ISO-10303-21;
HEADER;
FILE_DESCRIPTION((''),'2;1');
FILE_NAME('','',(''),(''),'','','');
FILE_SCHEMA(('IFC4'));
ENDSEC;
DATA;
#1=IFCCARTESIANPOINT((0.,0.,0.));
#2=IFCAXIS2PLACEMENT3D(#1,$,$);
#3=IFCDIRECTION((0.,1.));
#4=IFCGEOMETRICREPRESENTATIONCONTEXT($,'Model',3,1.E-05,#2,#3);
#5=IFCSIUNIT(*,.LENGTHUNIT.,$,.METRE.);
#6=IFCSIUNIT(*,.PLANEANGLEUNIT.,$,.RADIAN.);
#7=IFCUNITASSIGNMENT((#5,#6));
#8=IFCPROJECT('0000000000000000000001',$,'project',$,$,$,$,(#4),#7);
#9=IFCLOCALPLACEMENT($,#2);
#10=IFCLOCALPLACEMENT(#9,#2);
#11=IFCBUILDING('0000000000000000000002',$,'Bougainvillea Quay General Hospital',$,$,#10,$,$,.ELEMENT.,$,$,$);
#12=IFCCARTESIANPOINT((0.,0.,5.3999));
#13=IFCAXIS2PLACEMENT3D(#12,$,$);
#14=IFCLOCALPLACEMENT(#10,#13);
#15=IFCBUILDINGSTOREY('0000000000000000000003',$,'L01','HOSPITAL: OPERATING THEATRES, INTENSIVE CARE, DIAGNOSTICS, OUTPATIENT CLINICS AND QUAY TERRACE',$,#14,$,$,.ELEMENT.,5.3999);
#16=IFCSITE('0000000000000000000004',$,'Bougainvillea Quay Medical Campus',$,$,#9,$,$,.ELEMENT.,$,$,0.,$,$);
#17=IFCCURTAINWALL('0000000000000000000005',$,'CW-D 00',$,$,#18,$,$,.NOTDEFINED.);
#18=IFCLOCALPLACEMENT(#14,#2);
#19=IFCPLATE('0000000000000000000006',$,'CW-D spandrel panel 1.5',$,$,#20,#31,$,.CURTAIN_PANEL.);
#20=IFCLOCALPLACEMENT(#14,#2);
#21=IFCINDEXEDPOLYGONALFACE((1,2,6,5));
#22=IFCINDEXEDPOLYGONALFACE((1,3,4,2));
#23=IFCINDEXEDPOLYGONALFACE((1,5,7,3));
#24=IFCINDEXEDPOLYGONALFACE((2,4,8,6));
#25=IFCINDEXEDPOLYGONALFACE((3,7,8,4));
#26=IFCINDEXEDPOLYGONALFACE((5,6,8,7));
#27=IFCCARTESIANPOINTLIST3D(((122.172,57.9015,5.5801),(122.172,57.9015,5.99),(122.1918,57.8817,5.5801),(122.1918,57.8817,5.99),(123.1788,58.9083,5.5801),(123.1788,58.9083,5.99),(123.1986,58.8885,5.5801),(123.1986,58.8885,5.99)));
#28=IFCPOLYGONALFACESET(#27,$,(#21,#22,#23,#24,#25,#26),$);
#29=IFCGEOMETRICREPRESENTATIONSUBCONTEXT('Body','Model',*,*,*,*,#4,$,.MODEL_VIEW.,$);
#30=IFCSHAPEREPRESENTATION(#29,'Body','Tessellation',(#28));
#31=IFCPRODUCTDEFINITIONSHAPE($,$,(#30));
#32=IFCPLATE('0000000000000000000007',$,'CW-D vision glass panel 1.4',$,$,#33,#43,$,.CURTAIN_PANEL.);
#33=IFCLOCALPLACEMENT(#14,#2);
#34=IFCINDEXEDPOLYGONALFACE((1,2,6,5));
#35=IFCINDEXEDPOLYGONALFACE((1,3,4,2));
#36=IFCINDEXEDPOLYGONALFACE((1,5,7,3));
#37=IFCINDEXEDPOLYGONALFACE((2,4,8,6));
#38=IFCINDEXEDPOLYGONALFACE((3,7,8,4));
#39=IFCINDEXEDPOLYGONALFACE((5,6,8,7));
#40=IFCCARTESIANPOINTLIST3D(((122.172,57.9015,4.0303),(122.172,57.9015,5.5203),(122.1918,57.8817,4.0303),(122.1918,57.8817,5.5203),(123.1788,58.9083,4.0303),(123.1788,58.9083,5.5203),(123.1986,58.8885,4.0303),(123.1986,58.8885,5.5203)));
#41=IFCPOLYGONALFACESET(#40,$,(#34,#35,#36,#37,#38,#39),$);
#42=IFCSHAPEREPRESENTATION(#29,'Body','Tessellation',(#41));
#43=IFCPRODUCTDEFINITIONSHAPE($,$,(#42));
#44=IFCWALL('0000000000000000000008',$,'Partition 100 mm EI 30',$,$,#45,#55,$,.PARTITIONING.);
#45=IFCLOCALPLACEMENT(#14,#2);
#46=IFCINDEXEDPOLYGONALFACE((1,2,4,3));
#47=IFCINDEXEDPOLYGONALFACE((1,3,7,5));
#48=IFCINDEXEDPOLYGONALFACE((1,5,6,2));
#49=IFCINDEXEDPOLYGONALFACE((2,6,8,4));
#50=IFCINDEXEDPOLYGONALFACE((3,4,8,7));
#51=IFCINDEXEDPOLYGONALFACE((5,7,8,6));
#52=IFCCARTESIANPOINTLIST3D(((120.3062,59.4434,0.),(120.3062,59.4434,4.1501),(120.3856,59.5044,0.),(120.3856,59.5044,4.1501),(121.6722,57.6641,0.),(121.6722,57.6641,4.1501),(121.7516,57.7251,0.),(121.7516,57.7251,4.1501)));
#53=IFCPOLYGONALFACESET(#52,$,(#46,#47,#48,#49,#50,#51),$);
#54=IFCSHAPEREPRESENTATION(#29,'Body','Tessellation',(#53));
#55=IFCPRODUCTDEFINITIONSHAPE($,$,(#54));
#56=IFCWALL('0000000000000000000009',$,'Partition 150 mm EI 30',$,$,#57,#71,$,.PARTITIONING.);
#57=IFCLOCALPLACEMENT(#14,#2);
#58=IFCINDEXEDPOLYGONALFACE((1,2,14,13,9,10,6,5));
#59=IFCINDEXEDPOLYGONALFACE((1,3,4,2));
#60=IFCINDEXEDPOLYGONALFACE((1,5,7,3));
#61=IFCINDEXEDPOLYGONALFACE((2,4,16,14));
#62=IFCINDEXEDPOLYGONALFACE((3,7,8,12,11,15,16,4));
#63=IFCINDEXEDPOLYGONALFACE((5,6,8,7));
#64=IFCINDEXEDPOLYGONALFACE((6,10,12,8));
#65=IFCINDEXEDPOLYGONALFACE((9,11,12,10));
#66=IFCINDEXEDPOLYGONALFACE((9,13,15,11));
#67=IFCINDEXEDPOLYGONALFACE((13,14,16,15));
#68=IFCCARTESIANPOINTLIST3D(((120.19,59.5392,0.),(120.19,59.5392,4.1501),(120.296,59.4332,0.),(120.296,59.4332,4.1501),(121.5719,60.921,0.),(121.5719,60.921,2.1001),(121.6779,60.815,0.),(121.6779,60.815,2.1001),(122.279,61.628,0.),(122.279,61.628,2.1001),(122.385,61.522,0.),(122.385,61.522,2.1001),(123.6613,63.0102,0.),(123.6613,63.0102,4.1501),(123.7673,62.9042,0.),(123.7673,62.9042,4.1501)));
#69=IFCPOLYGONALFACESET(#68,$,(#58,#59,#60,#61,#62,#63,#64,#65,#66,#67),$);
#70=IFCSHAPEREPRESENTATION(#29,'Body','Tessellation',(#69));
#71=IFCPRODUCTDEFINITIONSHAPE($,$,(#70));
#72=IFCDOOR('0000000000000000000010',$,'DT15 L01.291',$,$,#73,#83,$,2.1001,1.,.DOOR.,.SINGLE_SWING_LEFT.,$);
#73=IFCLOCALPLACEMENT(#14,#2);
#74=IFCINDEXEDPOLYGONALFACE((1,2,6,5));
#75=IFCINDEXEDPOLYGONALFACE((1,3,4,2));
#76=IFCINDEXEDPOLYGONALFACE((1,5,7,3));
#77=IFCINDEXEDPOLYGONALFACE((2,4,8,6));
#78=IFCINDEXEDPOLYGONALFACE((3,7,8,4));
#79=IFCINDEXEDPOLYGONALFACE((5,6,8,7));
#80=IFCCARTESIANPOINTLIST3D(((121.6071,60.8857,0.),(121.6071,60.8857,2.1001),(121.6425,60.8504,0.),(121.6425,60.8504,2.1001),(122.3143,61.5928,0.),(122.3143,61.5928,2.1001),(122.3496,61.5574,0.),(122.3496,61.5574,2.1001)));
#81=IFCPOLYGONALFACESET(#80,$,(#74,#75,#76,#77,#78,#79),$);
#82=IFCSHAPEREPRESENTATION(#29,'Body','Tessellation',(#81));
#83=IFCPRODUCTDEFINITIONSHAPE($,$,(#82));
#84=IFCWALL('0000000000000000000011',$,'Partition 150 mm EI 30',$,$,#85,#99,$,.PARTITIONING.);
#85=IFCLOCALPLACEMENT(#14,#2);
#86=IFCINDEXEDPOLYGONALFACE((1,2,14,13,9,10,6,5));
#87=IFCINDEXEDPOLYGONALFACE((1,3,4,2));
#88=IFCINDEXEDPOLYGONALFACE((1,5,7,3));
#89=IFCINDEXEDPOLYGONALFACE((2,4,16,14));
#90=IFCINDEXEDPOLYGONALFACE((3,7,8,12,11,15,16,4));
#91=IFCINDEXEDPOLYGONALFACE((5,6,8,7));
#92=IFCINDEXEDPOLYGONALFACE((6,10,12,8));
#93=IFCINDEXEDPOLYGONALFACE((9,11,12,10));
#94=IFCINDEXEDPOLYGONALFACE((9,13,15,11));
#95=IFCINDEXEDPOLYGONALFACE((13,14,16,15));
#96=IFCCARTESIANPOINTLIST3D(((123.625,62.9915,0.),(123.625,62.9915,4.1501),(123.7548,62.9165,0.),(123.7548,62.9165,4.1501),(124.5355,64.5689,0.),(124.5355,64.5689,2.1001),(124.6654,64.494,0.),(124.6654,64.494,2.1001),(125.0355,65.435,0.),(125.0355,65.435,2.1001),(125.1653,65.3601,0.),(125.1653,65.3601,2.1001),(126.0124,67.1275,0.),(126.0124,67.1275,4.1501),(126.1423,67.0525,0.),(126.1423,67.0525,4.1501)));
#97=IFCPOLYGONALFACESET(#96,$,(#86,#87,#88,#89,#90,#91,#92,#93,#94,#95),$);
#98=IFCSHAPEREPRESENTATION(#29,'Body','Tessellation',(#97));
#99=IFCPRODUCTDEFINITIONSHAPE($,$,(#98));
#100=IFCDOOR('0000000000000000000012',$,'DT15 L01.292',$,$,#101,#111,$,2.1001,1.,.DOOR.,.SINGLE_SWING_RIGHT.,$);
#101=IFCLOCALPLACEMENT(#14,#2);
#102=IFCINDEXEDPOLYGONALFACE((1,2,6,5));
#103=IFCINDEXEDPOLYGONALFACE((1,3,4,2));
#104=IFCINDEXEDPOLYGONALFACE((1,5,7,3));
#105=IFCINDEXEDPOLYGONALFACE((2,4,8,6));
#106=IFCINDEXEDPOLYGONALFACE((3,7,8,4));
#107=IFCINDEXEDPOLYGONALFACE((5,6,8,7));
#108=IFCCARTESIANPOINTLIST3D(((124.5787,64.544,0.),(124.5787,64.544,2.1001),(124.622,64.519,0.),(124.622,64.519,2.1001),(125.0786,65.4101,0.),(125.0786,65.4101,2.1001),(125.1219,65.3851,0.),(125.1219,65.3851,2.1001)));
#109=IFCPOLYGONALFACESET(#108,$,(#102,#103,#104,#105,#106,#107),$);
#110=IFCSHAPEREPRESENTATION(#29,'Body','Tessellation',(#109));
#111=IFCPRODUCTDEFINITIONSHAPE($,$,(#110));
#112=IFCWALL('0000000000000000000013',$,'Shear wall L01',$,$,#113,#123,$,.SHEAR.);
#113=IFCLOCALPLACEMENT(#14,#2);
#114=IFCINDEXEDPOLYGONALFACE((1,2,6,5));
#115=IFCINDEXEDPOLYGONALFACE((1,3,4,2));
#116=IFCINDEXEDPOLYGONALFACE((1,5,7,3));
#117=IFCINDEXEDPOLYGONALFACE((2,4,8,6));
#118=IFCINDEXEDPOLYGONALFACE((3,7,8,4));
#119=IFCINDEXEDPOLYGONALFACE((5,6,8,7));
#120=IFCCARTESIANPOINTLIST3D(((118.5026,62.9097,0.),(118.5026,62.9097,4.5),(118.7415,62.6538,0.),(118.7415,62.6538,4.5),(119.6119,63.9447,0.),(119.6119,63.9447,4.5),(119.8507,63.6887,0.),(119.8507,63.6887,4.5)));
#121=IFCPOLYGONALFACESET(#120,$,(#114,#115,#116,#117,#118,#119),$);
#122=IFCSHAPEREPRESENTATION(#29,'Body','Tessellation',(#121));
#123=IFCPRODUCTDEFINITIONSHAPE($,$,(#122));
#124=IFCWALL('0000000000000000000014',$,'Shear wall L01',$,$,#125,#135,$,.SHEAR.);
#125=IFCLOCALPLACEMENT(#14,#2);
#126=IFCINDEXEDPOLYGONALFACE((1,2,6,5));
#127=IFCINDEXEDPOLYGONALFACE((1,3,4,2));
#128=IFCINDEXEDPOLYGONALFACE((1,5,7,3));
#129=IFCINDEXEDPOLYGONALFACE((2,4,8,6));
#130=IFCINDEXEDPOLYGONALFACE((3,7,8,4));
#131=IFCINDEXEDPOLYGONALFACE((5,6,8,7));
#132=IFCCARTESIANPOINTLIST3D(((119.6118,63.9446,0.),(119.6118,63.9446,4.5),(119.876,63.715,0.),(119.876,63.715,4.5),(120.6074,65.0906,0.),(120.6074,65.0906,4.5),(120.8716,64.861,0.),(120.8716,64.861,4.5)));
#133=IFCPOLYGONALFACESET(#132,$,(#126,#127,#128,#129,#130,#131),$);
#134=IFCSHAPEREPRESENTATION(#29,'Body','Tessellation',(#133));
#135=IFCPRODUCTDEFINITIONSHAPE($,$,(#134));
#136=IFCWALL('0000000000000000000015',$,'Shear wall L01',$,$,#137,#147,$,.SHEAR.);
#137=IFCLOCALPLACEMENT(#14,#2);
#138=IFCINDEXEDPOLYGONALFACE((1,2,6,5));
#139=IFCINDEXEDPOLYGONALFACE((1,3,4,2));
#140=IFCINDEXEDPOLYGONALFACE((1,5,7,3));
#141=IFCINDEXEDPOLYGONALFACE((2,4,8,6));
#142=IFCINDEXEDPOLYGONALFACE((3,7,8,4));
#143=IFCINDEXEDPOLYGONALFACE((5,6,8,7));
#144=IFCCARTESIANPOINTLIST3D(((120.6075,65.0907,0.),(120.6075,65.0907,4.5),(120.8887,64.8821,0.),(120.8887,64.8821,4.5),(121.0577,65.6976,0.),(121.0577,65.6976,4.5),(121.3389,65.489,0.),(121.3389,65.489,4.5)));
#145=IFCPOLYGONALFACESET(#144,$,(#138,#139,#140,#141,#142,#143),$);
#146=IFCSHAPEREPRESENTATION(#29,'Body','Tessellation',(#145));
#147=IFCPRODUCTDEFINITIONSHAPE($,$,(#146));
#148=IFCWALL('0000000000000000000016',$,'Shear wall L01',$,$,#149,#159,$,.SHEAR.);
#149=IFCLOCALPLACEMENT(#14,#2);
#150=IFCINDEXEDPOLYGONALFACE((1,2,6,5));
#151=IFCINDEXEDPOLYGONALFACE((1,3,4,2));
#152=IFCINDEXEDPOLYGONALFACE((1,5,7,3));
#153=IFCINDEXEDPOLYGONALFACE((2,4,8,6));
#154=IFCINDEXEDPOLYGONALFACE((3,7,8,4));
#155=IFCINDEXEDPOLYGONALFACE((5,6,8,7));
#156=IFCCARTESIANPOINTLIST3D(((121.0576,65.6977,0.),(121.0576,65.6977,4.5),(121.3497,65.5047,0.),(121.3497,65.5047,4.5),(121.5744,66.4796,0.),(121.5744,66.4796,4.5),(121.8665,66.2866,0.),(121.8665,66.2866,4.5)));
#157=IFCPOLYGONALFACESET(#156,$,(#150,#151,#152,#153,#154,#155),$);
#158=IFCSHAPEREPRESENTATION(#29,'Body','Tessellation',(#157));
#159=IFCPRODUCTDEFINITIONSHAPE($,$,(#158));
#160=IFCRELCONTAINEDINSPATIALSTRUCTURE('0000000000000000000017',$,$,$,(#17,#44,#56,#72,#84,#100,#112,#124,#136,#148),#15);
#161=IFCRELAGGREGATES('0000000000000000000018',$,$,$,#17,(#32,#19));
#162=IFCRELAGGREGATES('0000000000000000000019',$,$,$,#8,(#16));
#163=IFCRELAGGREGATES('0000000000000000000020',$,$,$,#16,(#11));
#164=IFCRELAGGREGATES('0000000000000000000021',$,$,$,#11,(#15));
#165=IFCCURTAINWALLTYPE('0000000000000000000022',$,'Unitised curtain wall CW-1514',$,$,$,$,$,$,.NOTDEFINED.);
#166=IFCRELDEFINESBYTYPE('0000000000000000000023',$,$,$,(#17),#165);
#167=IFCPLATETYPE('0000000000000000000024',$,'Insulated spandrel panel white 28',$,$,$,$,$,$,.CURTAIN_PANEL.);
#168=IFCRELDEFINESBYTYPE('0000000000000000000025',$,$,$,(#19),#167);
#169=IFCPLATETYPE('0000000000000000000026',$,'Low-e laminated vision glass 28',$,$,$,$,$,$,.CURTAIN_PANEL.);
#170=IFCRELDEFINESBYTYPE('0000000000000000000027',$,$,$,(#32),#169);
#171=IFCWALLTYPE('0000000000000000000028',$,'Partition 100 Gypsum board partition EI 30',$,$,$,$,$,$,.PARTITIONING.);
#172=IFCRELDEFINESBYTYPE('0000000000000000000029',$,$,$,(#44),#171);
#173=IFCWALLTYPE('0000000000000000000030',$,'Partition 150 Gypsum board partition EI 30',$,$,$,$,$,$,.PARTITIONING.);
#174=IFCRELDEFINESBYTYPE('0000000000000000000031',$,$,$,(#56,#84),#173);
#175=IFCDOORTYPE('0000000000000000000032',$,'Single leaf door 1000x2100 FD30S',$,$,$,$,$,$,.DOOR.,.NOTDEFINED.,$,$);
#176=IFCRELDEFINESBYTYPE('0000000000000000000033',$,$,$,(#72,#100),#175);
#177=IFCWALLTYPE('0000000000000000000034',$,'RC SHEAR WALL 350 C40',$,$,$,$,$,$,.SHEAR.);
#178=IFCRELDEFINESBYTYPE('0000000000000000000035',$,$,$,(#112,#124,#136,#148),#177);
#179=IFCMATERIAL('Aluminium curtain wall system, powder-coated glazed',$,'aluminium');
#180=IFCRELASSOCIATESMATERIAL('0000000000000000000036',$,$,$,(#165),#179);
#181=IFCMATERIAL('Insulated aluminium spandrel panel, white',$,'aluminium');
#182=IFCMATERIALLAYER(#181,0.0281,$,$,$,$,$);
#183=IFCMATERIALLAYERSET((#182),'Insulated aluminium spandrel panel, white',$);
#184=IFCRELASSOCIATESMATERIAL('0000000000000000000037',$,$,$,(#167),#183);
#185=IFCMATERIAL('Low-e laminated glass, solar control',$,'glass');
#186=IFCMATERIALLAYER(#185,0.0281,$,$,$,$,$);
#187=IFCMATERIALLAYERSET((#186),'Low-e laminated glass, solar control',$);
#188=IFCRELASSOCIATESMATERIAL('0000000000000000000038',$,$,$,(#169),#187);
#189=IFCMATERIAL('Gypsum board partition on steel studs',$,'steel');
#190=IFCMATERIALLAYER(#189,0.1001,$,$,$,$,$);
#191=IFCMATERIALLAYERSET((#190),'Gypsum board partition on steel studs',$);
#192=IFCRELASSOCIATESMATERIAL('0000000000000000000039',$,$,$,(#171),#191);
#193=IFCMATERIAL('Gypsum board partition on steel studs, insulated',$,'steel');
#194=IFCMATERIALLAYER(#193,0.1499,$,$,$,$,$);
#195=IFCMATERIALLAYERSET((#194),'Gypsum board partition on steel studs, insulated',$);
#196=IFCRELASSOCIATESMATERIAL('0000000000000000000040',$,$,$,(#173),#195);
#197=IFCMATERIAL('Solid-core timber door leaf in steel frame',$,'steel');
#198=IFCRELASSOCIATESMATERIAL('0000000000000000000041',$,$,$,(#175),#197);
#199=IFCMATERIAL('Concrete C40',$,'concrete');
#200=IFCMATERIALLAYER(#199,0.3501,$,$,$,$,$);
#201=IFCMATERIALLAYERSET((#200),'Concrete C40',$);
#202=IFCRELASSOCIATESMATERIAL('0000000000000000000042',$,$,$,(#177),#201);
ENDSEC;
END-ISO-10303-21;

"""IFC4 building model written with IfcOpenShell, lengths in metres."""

from ifc_helpers import new_model, si_unit, direction, frame, frame_2d, origin, origin_2d, place, context, subcontext, project, spatial, rectangle, extrude, material, layer, layer_set, type_object, element, fill, aggregate, save


model = new_model("IFC4")

# Units and contexts
model_context = context("Model", 3, precision=1e-05, world=origin(), true_north=direction((0.0, 1.0)))
body_context = subcontext(model_context, "Body", "Model", "MODEL_VIEW")
ifc_project = project(units=[si_unit("LENGTHUNIT", "METRE"), si_unit("PLANEANGLEUNIT", "RADIAN")], contexts=[model_context])

# Site, building, storey
site_placement = place(None, origin())
site = spatial("IfcSite", under=ifc_project, at=site_placement, Name="Bougainvillea Quay Medical Campus", CompositionType="ELEMENT", RefElevation=0.0)
building_placement = place(site_placement, origin())
building = spatial("IfcBuilding", under=site, at=building_placement, Name="Bougainvillea Quay General Hospital", CompositionType="ELEMENT")
storey_placement = place(building_placement, frame((0.0, 0.0, 5.3999)))
storey = spatial("IfcBuildingStorey", under=building, at=storey_placement, Name="L01", Description="HOSPITAL: OPERATING THEATRES, INTENSIVE CARE, DIAGNOSTICS, OUTPATIENT CLINICS AND QUAY TERRACE", CompositionType="ELEMENT", Elevation=5.3999)

# Curtain wall, plates
ifc_material_1 = material(Name="Aluminium curtain wall system, powder-coated glazed", Category="aluminium")
curtain_wall_type = type_object("IfcCurtainWallType", Name="Unitised curtain wall CW-1514", PredefinedType="NOTDEFINED", material=ifc_material_1)
curtain_wall_placement = place(storey_placement, origin())
curtain_wall = element("IfcCurtainWall", 1, at=curtain_wall_placement, inside=storey, type_object=curtain_wall_type, Name="CW-D 00", PredefinedType="NOTDEFINED")
ifc_material_2 = material(Name="Insulated aluminium spandrel panel, white", Category="aluminium")
ifc_layer_1 = layer(ifc_material_2, 0.0281)
ifc_layer_set_1 = layer_set([ifc_layer_1], Name="Insulated aluminium spandrel panel, white")
plate_type_1 = type_object("IfcPlateType", Name="Insulated spandrel panel white 28", PredefinedType="CURTAIN_PANEL", material=ifc_layer_set_1)
plate_1_placement = place(storey_placement, frame((122.6853, 58.395, 5.5801), z_axis=(0.0, 0.0, 1.0), x_axis=(0.707107, 0.707107, 0.0)))
plate_1 = element("IfcPlate", 2, at=plate_1_placement, type_object=plate_type_1, Name="CW-D spandrel panel 1.5", PredefinedType="CURTAIN_PANEL", context=body_context, shape_type="SweptSolid", body=[
    extrude(rectangle(XDim=1.4238, YDim=0.0281, at=origin_2d()), origin(), (0.0, 0.0, 1.0), 0.4099),
])
ifc_material_3 = material(Name="Low-e laminated glass, solar control", Category="glass")
ifc_layer_2 = layer(ifc_material_3, 0.0281)
ifc_layer_set_2 = layer_set([ifc_layer_2], Name="Low-e laminated glass, solar control")
plate_type_2 = type_object("IfcPlateType", Name="Low-e laminated vision glass 28", PredefinedType="CURTAIN_PANEL", material=ifc_layer_set_2)
plate_2_placement = place(storey_placement, frame((122.6853, 58.395, 4.0303), z_axis=(0.0, 0.0, 1.0), x_axis=(0.707107, 0.707107, 0.0)))
plate_2 = element("IfcPlate", 3, at=plate_2_placement, type_object=plate_type_2, Name="CW-D vision glass panel 1.4", PredefinedType="CURTAIN_PANEL", context=body_context, shape_type="SweptSolid", body=[
    extrude(rectangle(XDim=1.4238, YDim=0.0281, at=origin_2d()), origin(), (0.0, 0.0, 1.0), 1.49),
])
aggregate(curtain_wall, [plate_2, plate_1])

# Wall
ifc_material_4 = material(Name="Gypsum board partition on steel studs", Category="steel")
ifc_layer_3 = layer(ifc_material_4, 0.1001)
ifc_layer_set_3 = layer_set([ifc_layer_3], Name="Gypsum board partition on steel studs")
wall_type_1 = type_object("IfcWallType", Name="Partition 100 Gypsum board partition EI 30", PredefinedType="PARTITIONING", material=ifc_layer_set_3)
wall_1_placement = place(storey_placement, frame((120.3459, 59.4739, 0.0), z_axis=(0.0, 0.0, 1.0), x_axis=(0.608948, -0.79321, 0.0)))
element("IfcWall", 4, at=wall_1_placement, inside=storey, type_object=wall_type_1, Name="Partition 100 mm EI 30", PredefinedType="PARTITIONING", context=body_context, shape_type="SweptSolid", body=[
    extrude(rectangle(XDim=2.2432, YDim=0.1001, at=frame_2d((1.1216, 0.0))), origin(), (0.0, 0.0, 1.0), 4.1501),
])

# Walls, openings, doors
ifc_material_5 = material(Name="Gypsum board partition on steel studs, insulated", Category="steel")
ifc_layer_4 = layer(ifc_material_5, 0.1499)
ifc_layer_set_4 = layer_set([ifc_layer_4], Name="Gypsum board partition on steel studs, insulated")
wall_type_2 = type_object("IfcWallType", Name="Partition 150 Gypsum board partition EI 30", PredefinedType="PARTITIONING", material=ifc_layer_set_4)
wall_2_placement = place(storey_placement, frame((120.2429, 59.4861, 0.0), z_axis=(0.0, 0.0, 1.0), x_axis=(0.707132, 0.707082, 0.0)))
wall_2 = element("IfcWall", 5, at=wall_2_placement, inside=storey, type_object=wall_type_2, Name="Partition 150 mm EI 30", PredefinedType="PARTITIONING", context=body_context, shape_type="SweptSolid", body=[
    extrude(rectangle(XDim=4.9089, YDim=0.1499, at=frame_2d((2.4546, 0.0))), origin(), (0.0, 0.0, 1.0), 4.1501),
])
opening_1_placement = place(wall_2_placement, frame((1.9543, 0.0, 0.0)))
opening_1 = element("IfcOpeningElement", 6, at=opening_1_placement, cuts=wall_2, PredefinedType="OPENING", context=body_context, shape_type="SweptSolid", body=[
    extrude(rectangle(XDim=1.0, YDim=2.1001, at=frame_2d((0.5, 1.05))), frame((0.0, 0.085, 0.0), z_axis=(0.0, -1.0, 0.0), x_axis=(1.0, 0.0, 0.0)), (0.0, 0.0, 1.0), 0.1699),
])
ifc_material_6 = material(Name="Solid-core timber door leaf in steel frame", Category="steel")
door_type = type_object("IfcDoorType", Name="Single leaf door 1000x2100 FD30S", OperationType="NOTDEFINED", PredefinedType="DOOR", material=ifc_material_6)
door_1_placement = place(opening_1_placement, frame((1.0, 0.0, 0.0), z_axis=(0.0, 0.0, 1.0), x_axis=(-1.0, 0.0, 0.0)))
door_1 = element("IfcDoor", 7, at=door_1_placement, inside=storey, type_object=door_type, Name="DT15 L01.291", OperationType="SINGLE_SWING_LEFT", OverallHeight=2.1001, OverallWidth=1.0, PredefinedType="DOOR", context=body_context, shape_type="SweptSolid", body=[
    extrude(rectangle(XDim=1.0, YDim=2.1001, at=frame_2d((0.5, 1.05))), frame((0.0, 0.0249, 0.0), z_axis=(0.0, -1.0, 0.0), x_axis=(1.0, 0.0, 0.0)), (0.0, 0.0, 1.0), 0.05),
])
fill(opening_1, door_1)
wall_3_placement = place(storey_placement, frame((123.6899, 62.9541, 0.0), z_axis=(0.0, 0.0, 1.0), x_axis=(0.499927, 0.866067, 0.0)))
wall_3 = element("IfcWall", 8, at=wall_3_placement, inside=storey, type_object=wall_type_2, Name="Partition 150 mm EI 30", PredefinedType="PARTITIONING", context=body_context, shape_type="SweptSolid", body=[
    extrude(rectangle(XDim=4.7756, YDim=0.1499, at=frame_2d((2.3877, 0.0))), origin(), (0.0, 0.0, 1.0), 4.1501),
])
opening_2_placement = place(wall_3_placement, frame((1.8213, 0.0, 0.0)))
opening_2 = element("IfcOpeningElement", 9, at=opening_2_placement, cuts=wall_3, PredefinedType="OPENING", context=body_context, shape_type="SweptSolid", body=[
    extrude(rectangle(XDim=1.0, YDim=2.1001, at=frame_2d((0.5, 1.05))), frame((0.0, 0.085, 0.0), z_axis=(0.0, -1.0, 0.0), x_axis=(1.0, 0.0, 0.0)), (0.0, 0.0, 1.0), 0.1699),
])
door_2_placement = place(opening_2_placement, frame((1.0, 0.0, 0.0), z_axis=(0.0, 0.0, 1.0), x_axis=(-1.0, 0.0, 0.0)))
door_2 = element("IfcDoor", 10, at=door_2_placement, inside=storey, type_object=door_type, Name="DT15 L01.292", OperationType="SINGLE_SWING_RIGHT", OverallHeight=2.1001, OverallWidth=1.0, PredefinedType="DOOR", context=body_context, shape_type="SweptSolid", body=[
    extrude(rectangle(XDim=1.0, YDim=2.1001, at=frame_2d((0.5, 1.05))), frame((0.0, 0.0249, 0.0), z_axis=(0.0, -1.0, 0.0), x_axis=(1.0, 0.0, 0.0)), (0.0, 0.0, 1.0), 0.05),
])
fill(opening_2, door_2)

# Walls
ifc_material_7 = material(Name="Concrete C40", Category="concrete")
ifc_layer_5 = layer(ifc_material_7, 0.3501)
ifc_layer_set_5 = layer_set([ifc_layer_5], Name="Concrete C40")
wall_type_3 = type_object("IfcWallType", Name="RC SHEAR WALL 350 C40", PredefinedType="SHEAR", material=ifc_layer_set_5)
wall_4_placement = place(storey_placement, frame((118.6221, 62.7817, 0.0), z_axis=(0.0, 0.0, 1.0), x_axis=(0.731146, 0.682221, 0.0)))
element("IfcWall", 11, at=wall_4_placement, inside=storey, type_object=wall_type_3, Name="Shear wall L01", PredefinedType="SHEAR", context=body_context, shape_type="SweptSolid", body=[
    extrude(rectangle(XDim=1.5171, YDim=0.3501, at=frame_2d((0.7585, 0.0))), origin(), (0.0, 0.0, 1.0), 4.5),
])
wall_5_placement = place(storey_placement, frame((119.7439, 63.8298, 0.0), z_axis=(0.0, 0.0, 1.0), x_axis=(0.655836, 0.754903, 0.0)))
element("IfcWall", 12, at=wall_5_placement, inside=storey, type_object=wall_type_3, Name="Shear wall L01", PredefinedType="SHEAR", context=body_context, shape_type="SweptSolid", body=[
    extrude(rectangle(XDim=1.5181, YDim=0.3501, at=frame_2d((0.759, 0.0))), origin(), (0.0, 0.0, 1.0), 4.5),
])
wall_6_placement = place(storey_placement, frame((120.748, 64.9863, 0.0), z_axis=(0.0, 0.0, 1.0), x_axis=(0.595753, 0.803168, 0.0)))
element("IfcWall", 13, at=wall_6_placement, inside=storey, type_object=wall_type_3, Name="Shear wall L01", PredefinedType="SHEAR", context=body_context, shape_type="SweptSolid", body=[
    extrude(rectangle(XDim=0.7556, YDim=0.3501, at=frame_2d((0.3779, 0.0))), origin(), (0.0, 0.0, 1.0), 4.5),
])
wall_7_placement = place(storey_placement, frame((121.2036, 65.6011, 0.0), z_axis=(0.0, 0.0, 1.0), x_axis=(0.55139, 0.834248, 0.0)))
element("IfcWall", 14, at=wall_7_placement, inside=storey, type_object=wall_type_3, Name="Shear wall L01", PredefinedType="SHEAR", context=body_context, shape_type="SweptSolid", body=[
    extrude(rectangle(XDim=0.9373, YDim=0.3501, at=frame_2d((0.4688, 0.0))), origin(), (0.0, 0.0, 1.0), 4.5),
])

save(model, "model.ifc")
